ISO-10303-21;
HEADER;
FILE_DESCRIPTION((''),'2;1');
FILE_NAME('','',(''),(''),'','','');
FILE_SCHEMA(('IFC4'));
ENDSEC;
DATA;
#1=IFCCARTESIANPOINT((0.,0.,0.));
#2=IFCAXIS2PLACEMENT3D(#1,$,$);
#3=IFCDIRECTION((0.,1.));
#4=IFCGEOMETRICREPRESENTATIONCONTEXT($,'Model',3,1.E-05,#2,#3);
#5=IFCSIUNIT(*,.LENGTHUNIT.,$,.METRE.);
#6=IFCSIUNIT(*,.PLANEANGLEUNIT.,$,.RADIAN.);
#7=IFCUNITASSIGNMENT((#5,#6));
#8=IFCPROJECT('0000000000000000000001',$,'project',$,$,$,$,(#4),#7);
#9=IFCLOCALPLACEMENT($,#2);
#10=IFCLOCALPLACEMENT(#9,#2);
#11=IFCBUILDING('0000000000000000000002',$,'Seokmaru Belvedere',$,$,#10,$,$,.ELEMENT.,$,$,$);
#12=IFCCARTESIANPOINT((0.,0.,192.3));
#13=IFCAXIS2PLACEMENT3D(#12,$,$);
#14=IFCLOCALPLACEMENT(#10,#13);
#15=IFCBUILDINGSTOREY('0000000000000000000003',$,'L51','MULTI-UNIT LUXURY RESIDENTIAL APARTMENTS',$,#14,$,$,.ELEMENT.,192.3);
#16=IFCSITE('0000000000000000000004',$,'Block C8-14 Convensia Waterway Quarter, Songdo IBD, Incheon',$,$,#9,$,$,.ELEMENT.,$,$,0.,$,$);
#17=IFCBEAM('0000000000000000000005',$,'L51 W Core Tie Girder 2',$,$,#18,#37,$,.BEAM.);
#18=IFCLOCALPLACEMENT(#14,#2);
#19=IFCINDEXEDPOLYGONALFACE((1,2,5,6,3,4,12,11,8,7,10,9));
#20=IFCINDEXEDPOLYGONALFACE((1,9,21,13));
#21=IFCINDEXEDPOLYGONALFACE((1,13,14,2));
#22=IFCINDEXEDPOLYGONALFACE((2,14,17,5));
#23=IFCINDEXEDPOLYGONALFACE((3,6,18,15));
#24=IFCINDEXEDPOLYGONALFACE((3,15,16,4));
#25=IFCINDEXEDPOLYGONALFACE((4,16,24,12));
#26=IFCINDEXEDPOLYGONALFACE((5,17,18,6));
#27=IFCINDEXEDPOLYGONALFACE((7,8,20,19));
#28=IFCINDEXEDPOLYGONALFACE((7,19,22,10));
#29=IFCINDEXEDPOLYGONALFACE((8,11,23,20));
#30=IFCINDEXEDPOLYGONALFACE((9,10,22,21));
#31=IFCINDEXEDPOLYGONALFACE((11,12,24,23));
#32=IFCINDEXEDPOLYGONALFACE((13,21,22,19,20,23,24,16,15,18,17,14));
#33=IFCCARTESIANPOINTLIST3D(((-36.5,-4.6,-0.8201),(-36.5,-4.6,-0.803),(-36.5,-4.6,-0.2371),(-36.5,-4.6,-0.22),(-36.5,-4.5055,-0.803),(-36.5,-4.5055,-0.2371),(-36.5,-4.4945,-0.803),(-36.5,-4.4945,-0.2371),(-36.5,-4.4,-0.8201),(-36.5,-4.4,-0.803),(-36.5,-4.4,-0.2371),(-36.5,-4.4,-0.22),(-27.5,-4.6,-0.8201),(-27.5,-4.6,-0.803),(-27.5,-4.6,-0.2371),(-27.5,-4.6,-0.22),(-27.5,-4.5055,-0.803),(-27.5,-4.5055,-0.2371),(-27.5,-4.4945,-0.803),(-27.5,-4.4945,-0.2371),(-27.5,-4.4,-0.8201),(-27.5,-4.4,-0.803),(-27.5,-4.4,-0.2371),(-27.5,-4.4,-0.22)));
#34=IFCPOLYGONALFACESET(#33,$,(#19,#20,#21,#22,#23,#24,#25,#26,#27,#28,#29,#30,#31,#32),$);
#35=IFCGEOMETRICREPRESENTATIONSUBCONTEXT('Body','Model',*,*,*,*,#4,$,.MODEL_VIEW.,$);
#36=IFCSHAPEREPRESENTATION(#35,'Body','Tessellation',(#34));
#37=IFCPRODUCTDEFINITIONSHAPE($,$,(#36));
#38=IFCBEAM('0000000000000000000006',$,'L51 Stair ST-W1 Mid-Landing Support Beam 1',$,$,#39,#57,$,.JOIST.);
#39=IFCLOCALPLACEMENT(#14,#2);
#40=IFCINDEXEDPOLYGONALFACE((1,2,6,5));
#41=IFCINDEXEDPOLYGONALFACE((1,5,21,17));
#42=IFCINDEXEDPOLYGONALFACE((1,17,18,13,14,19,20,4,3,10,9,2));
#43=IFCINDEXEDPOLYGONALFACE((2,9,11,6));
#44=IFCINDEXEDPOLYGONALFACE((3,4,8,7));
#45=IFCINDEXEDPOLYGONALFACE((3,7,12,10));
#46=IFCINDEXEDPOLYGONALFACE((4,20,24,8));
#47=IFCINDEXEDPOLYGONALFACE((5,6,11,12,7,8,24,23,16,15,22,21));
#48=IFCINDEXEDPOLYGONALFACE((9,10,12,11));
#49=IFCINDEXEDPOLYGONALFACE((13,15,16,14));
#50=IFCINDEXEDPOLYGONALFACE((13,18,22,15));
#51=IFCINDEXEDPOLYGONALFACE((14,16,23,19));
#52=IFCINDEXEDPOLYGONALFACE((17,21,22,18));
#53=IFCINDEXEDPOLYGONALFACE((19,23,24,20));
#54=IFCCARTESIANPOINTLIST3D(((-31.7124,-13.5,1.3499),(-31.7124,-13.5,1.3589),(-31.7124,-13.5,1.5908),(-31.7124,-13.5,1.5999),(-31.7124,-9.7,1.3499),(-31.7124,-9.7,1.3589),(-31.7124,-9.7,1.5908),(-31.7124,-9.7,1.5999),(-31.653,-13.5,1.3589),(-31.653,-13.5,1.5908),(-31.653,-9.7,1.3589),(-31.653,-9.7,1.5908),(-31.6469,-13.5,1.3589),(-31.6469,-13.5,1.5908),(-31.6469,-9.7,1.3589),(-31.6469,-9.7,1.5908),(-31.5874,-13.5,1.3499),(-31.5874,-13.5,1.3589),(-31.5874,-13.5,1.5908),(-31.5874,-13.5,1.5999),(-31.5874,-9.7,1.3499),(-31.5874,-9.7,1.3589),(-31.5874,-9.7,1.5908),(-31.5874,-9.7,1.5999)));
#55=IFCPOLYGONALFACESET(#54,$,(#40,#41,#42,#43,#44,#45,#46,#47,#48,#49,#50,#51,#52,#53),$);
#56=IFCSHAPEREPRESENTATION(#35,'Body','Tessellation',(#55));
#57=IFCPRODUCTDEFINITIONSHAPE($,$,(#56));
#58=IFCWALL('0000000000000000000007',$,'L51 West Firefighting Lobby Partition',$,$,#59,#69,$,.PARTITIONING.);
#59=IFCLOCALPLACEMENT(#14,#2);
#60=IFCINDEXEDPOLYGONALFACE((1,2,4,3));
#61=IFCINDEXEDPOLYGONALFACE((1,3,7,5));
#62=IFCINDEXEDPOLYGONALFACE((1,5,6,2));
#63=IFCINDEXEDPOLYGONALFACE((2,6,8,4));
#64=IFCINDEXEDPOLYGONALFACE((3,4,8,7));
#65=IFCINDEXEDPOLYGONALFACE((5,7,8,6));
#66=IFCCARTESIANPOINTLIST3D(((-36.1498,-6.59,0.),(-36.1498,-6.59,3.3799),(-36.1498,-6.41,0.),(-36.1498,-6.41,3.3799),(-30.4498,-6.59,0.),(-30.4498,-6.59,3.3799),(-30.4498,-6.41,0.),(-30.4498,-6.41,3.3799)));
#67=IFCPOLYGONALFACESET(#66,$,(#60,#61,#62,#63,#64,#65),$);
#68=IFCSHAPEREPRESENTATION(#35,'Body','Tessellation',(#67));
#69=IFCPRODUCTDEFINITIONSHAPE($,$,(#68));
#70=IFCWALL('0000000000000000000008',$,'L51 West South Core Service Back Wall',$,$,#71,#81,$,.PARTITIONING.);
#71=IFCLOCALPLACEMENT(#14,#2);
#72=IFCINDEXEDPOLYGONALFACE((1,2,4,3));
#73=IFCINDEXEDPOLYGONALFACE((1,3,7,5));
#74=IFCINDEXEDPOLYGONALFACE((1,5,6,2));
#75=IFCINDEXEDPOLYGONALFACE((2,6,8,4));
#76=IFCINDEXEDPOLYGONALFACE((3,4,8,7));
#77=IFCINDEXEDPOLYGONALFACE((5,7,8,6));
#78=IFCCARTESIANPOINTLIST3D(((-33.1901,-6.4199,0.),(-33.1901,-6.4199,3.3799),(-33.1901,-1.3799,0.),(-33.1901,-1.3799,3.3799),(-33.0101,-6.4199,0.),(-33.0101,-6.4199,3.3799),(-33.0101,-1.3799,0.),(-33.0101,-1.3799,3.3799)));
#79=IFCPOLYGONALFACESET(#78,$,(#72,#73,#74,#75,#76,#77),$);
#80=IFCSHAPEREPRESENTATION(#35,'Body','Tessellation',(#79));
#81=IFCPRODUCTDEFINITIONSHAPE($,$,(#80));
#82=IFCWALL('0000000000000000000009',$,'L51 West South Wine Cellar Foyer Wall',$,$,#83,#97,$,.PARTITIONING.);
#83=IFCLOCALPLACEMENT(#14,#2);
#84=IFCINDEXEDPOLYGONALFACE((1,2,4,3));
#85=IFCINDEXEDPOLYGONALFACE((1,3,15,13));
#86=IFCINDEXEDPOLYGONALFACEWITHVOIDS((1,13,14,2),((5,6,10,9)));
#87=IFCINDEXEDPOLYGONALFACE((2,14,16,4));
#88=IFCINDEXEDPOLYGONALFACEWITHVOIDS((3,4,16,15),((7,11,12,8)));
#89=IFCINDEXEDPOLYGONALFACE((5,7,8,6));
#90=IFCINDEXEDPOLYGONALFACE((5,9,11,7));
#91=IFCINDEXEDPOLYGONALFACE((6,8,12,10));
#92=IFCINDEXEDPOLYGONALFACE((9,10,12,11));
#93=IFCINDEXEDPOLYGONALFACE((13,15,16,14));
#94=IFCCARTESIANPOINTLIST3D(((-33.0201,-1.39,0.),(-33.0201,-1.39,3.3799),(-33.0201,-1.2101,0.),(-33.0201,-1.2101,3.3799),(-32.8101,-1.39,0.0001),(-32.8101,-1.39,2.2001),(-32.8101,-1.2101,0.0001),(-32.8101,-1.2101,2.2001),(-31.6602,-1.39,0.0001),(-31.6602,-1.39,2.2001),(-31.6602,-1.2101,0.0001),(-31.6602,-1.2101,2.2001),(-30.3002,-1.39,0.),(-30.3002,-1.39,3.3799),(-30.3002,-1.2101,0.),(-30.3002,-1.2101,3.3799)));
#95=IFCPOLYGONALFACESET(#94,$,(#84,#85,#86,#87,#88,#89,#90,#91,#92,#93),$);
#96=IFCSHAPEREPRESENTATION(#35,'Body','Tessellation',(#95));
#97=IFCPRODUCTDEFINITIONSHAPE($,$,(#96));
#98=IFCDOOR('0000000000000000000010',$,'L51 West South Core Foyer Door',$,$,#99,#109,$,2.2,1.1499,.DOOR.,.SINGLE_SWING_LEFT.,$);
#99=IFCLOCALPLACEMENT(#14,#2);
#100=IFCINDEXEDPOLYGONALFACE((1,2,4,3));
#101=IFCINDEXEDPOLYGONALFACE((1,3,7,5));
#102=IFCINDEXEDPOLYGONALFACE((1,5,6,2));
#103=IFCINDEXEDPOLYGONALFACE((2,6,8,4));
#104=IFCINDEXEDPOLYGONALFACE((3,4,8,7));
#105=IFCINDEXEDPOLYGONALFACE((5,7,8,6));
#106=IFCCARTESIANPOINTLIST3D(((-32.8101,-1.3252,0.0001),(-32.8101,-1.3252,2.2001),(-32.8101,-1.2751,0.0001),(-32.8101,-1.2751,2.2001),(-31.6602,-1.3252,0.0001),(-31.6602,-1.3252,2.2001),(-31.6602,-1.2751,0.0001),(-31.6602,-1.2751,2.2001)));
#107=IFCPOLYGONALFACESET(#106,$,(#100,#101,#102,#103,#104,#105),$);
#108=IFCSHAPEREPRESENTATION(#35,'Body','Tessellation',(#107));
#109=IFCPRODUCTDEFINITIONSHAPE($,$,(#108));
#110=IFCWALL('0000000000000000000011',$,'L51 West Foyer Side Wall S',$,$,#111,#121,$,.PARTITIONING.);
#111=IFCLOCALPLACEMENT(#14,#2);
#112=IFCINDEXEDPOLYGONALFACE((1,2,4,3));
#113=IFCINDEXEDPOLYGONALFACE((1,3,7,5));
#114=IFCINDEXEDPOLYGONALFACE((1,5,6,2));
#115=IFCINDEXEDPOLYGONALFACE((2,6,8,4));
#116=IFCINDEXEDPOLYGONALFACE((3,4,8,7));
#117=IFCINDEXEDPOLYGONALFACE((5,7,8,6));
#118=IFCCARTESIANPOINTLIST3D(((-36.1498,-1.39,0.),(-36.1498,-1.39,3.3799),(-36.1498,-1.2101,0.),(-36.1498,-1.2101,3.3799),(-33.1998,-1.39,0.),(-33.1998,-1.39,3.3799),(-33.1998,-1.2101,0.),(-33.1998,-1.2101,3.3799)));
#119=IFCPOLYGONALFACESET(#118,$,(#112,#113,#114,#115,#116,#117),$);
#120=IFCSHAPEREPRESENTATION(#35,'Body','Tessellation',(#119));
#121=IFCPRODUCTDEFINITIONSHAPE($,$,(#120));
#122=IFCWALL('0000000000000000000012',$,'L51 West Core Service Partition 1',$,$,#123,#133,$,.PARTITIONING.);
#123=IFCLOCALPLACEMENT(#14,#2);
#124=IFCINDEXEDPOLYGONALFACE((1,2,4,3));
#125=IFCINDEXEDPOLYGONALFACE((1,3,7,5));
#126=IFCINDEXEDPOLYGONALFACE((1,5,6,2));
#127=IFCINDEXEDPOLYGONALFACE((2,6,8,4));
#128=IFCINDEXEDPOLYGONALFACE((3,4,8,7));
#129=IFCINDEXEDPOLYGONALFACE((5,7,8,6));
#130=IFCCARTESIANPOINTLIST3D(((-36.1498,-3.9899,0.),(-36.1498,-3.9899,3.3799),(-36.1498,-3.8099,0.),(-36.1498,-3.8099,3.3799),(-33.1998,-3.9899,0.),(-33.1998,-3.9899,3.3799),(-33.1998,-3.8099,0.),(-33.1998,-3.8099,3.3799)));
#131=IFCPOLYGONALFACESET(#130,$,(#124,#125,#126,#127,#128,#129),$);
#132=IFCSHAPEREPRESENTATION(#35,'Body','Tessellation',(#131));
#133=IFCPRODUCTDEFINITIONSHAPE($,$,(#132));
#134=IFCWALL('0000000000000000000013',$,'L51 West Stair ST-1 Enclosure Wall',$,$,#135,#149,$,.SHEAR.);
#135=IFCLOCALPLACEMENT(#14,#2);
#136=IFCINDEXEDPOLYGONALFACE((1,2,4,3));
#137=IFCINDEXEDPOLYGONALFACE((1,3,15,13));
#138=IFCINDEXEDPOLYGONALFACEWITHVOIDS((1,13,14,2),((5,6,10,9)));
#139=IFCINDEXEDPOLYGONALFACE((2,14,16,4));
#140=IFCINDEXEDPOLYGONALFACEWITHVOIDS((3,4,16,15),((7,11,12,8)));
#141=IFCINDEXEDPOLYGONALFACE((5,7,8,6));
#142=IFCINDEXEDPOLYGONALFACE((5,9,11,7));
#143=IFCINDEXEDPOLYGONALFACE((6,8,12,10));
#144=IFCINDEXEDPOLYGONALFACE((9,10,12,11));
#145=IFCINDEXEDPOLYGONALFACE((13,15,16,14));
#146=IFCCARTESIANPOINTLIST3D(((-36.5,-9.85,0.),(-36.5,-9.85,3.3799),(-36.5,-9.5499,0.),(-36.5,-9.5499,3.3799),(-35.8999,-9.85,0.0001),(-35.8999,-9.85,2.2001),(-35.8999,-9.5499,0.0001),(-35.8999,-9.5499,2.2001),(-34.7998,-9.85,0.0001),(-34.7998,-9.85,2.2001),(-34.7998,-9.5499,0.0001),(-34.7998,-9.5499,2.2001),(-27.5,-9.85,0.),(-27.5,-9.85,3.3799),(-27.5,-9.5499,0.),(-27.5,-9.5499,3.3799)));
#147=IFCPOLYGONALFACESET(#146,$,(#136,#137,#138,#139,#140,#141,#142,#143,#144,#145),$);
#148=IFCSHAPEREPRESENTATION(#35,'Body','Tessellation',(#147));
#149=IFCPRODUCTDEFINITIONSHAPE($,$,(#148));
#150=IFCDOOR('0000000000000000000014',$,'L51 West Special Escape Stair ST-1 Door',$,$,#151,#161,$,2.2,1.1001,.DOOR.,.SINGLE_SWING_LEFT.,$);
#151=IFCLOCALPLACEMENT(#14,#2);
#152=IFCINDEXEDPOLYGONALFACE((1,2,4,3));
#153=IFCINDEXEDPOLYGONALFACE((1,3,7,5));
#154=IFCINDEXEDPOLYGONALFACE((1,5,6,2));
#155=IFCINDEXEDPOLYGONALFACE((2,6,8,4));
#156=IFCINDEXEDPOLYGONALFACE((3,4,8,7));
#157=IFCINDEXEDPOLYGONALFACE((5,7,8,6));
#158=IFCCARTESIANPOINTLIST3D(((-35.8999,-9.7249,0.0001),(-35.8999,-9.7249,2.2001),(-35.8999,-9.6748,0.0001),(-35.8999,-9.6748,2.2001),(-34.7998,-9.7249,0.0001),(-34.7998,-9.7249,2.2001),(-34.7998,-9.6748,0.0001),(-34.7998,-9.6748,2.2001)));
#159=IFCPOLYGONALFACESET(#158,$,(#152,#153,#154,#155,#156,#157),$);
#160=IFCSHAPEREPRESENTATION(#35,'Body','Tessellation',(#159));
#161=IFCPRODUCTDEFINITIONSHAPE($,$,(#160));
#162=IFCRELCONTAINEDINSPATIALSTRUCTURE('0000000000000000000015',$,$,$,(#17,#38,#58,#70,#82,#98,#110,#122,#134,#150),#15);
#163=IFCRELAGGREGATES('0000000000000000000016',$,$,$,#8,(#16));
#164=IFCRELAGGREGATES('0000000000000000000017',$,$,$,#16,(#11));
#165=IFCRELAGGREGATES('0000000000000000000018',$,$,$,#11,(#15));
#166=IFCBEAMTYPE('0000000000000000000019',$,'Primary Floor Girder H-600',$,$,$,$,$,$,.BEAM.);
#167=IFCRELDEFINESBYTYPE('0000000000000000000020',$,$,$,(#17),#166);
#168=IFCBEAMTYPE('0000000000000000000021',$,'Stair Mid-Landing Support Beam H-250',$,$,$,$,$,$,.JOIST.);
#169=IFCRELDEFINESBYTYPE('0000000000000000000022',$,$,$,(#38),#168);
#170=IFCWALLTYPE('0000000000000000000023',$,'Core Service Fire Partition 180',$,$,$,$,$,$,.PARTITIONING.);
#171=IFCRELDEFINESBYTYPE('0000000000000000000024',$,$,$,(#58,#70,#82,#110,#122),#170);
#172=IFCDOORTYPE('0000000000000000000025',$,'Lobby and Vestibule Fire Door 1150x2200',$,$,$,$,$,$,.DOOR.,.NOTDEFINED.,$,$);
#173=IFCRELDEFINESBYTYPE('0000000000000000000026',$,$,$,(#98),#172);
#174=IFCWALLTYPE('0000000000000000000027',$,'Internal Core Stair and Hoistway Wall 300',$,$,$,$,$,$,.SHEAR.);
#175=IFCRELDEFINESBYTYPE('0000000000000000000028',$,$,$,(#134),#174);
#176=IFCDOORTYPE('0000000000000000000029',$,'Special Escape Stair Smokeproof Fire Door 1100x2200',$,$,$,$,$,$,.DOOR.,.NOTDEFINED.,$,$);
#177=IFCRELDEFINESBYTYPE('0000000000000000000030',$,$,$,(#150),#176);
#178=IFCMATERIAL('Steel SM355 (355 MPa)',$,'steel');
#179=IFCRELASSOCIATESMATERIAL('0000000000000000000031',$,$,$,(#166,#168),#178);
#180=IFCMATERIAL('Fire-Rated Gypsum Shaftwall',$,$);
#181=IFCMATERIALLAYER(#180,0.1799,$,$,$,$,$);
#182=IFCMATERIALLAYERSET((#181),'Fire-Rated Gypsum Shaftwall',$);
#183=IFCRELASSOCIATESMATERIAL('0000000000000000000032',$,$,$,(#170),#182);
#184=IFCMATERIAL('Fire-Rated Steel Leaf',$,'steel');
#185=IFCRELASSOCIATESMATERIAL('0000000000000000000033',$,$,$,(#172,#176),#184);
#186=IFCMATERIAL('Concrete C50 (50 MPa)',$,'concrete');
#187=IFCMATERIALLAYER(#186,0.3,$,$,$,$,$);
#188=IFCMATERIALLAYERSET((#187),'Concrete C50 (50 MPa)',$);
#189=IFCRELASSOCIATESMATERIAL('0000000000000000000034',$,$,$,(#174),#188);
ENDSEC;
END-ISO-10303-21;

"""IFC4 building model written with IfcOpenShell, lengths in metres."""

from ifc_helpers import new_model, si_unit, direction, frame, frame_2d, origin, origin_2d, place, context, subcontext, project, spatial, rectangle, i_section, extrude, source, transform, mapped, material, layer, layer_set, material_profile, profile_set, type_object, type_shapes, element, fill, save


model = new_model("IFC4")

# Units and contexts
model_context = context("Model", 3, precision=1e-05, world=origin(), true_north=direction((0.0, 1.0)))
body_context = subcontext(model_context, "Body", "Model", "MODEL_VIEW")
ifc_project = project(units=[si_unit("LENGTHUNIT", "METRE"), si_unit("PLANEANGLEUNIT", "RADIAN")], contexts=[model_context])

# Site, building, storey
site_placement = place(None, origin())
site = spatial("IfcSite", under=ifc_project, at=site_placement, Name="Block C8-14 Convensia Waterway Quarter, Songdo IBD, Incheon", CompositionType="ELEMENT", RefElevation=0.0)
building_placement = place(site_placement, origin())
building = spatial("IfcBuilding", under=site, at=building_placement, Name="Seokmaru Belvedere", CompositionType="ELEMENT")
storey_placement = place(building_placement, frame((0.0, 0.0, 192.3)))
storey = spatial("IfcBuildingStorey", under=building, at=storey_placement, Name="L51", Description="MULTI-UNIT LUXURY RESIDENTIAL APARTMENTS", CompositionType="ELEMENT", Elevation=192.3)

# Beams
ifc_material_1 = material(Name="Steel SM355 (355 MPa)", Category="steel")
ifc_material_profile_1 = material_profile(ifc_material_1, i_section(OverallWidth=0.2, OverallDepth=0.6001, WebThickness=0.011, FlangeThickness=0.0171, at=origin_2d()), Name="H-600x200x11x17")
ifc_profile_set_1 = profile_set([ifc_material_profile_1], Name="Steel SM355 (355 MPa)")
beam_type_1 = type_object("IfcBeamType", Name="Primary Floor Girder H-600", PredefinedType="BEAM", material=ifc_profile_set_1)
shared_shape_1 = source(origin(), body_context, "Body", "SweptSolid", [
    extrude(i_section(OverallWidth=0.2, OverallDepth=0.6001, WebThickness=0.011, FlangeThickness=0.0171, at=origin_2d()), origin(), (0.0, 0.0, 1.0), 9.0),
])
type_shapes(beam_type_1, [shared_shape_1])
beam_1_placement = place(storey_placement, frame((-36.5, -4.5, -0.52), z_axis=(1.0, 0.0, 0.0), x_axis=(0.0, 1.0, 0.0)))
element("IfcBeam", 1, at=beam_1_placement, inside=storey, type_object=beam_type_1, Name="L51 W Core Tie Girder 2", PredefinedType="BEAM", context=body_context, shape_type="MappedRepresentation", body=[
    mapped(shared_shape_1, transform((0.0, 0.0, 0.0), scale=1.0)),
])
ifc_material_profile_2 = material_profile(ifc_material_1, i_section(OverallWidth=0.125, OverallDepth=0.25, WebThickness=0.0061, FlangeThickness=0.009, at=origin_2d()), Name="H-250x125x6x9")
ifc_profile_set_2 = profile_set([ifc_material_profile_2], Name="Steel SM355 (355 MPa)")
beam_type_2 = type_object("IfcBeamType", Name="Stair Mid-Landing Support Beam H-250", PredefinedType="JOIST", material=ifc_profile_set_2)
shared_shape_2 = source(origin(), body_context, "Body", "SweptSolid", [
    extrude(i_section(OverallWidth=0.125, OverallDepth=0.25, WebThickness=0.0061, FlangeThickness=0.009, at=origin_2d()), origin(), (0.0, 0.0, 1.0), 3.8),
])
type_shapes(beam_type_2, [shared_shape_2])
beam_2_placement = place(storey_placement, frame((-31.6499, -13.5, 1.4749), z_axis=(0.0, 1.0, 0.0), x_axis=(-1.0, 0.0, 0.0)))
element("IfcBeam", 2, at=beam_2_placement, inside=storey, type_object=beam_type_2, Name="L51 Stair ST-W1 Mid-Landing Support Beam 1", PredefinedType="JOIST", context=body_context, shape_type="MappedRepresentation", body=[
    mapped(shared_shape_2, transform((0.0, 0.0, 0.0), scale=1.0)),
])

# Walls
ifc_material_2 = material(Name="Fire-Rated Gypsum Shaftwall")
ifc_layer_1 = layer(ifc_material_2, 0.1799)
ifc_layer_set_1 = layer_set([ifc_layer_1], Name="Fire-Rated Gypsum Shaftwall")
wall_type_1 = type_object("IfcWallType", Name="Core Service Fire Partition 180", PredefinedType="PARTITIONING", material=ifc_layer_set_1)
wall_1_placement = place(storey_placement, frame((-36.1499, -6.5, 0.0), z_axis=(0.0, 0.0, 1.0), x_axis=(1.0, 0.0, 0.0)))
element("IfcWall", 3, at=wall_1_placement, inside=storey, type_object=wall_type_1, Name="L51 West Firefighting Lobby Partition", PredefinedType="PARTITIONING", context=body_context, shape_type="SweptSolid", body=[
    extrude(rectangle(XDim=5.7, YDim=0.1799, at=frame_2d((2.8501, 0.0))), origin(), (0.0, 0.0, 1.0), 3.3799),
])
wall_2_placement = place(storey_placement, frame((-33.1001, -6.4199, 0.0), z_axis=(0.0, 0.0, 1.0), x_axis=(0.0, 1.0, 0.0)))
element("IfcWall", 4, at=wall_2_placement, inside=storey, type_object=wall_type_1, Name="L51 West South Core Service Back Wall", PredefinedType="PARTITIONING", context=body_context, shape_type="SweptSolid", body=[
    extrude(rectangle(XDim=5.04, YDim=0.1799, at=frame_2d((2.52, 0.0))), origin(), (0.0, 0.0, 1.0), 3.3799),
])

# Wall, opening, door
wall_3_placement = place(storey_placement, frame((-33.02, -1.3, 0.0), z_axis=(0.0, 0.0, 1.0), x_axis=(1.0, 0.0, 0.0)))
wall_3 = element("IfcWall", 5, at=wall_3_placement, inside=storey, type_object=wall_type_1, Name="L51 West South Wine Cellar Foyer Wall", PredefinedType="PARTITIONING", context=body_context, shape_type="SweptSolid", body=[
    extrude(rectangle(XDim=2.72, YDim=0.1799, at=frame_2d((1.3599, 0.0))), origin(), (0.0, 0.0, 1.0), 3.3799),
])
opening_1_placement = place(wall_3_placement, frame((0.21, 0.0, 0.0)))
opening_1 = element("IfcOpeningElement", 6, at=opening_1_placement, cuts=wall_3, PredefinedType="OPENING", context=body_context, shape_type="SweptSolid", body=[
    extrude(rectangle(XDim=1.1499, YDim=2.2, at=frame_2d((0.575, 1.1001))), frame((0.0, 0.1001, 0.0), z_axis=(0.0, -1.0, 0.0), x_axis=(1.0, 0.0, 0.0)), (0.0, 0.0, 1.0), 0.2),
])
ifc_material_3 = material(Name="Fire-Rated Steel Leaf", Category="steel")
door_type_1 = type_object("IfcDoorType", Name="Lobby and Vestibule Fire Door 1150x2200", OperationType="NOTDEFINED", PredefinedType="DOOR", material=ifc_material_3)
shared_shape_3 = source(origin(), body_context, "Body", "SweptSolid", [
    extrude(rectangle(XDim=1.1499, YDim=2.2, at=frame_2d((0.575, 1.1001))), frame((0.0, 0.0249, 0.0), z_axis=(0.0, -1.0, 0.0), x_axis=(1.0, 0.0, 0.0)), (0.0, 0.0, 1.0), 0.05),
])
type_shapes(door_type_1, [shared_shape_3])
door_1_placement = place(opening_1_placement, origin())
door_1 = element("IfcDoor", 7, at=door_1_placement, inside=storey, type_object=door_type_1, Name="L51 West South Core Foyer Door", OperationType="SINGLE_SWING_LEFT", OverallHeight=2.2, OverallWidth=1.1499, PredefinedType="DOOR", context=body_context, shape_type="MappedRepresentation", body=[
    mapped(shared_shape_3, transform((0.0, 0.0, 0.0), scale=1.0)),
])
fill(opening_1, door_1)

# Walls
for number, where, z_axis, x_axis, name in (
    (8, (-36.1499, -1.3, 0.0), (0.0, 0.0, 1.0), (1.0, 0.0, 0.0), "L51 West Foyer Side Wall S"),
    (9, (-36.1499, -3.8999, 0.0), (0.0, 0.0, 1.0), (1.0, 0.0, 0.0), "L51 West Core Service Partition 1"),
):
    element("IfcWall", number, at=place(storey_placement, frame(where, z_axis=z_axis, x_axis=x_axis)), inside=storey, type_object=wall_type_1, Name=name, PredefinedType="PARTITIONING", context=body_context, shape_type="SweptSolid", body=[
        extrude(rectangle(XDim=2.95, YDim=0.1799, at=frame_2d((1.4751, 0.0))), origin(), (0.0, 0.0, 1.0), 3.3799),
    ])

# Wall, opening, door
ifc_material_4 = material(Name="Concrete C50 (50 MPa)", Category="concrete")
ifc_layer_2 = layer(ifc_material_4, 0.3)
ifc_layer_set_2 = layer_set([ifc_layer_2], Name="Concrete C50 (50 MPa)")
wall_type_2 = type_object("IfcWallType", Name="Internal Core Stair and Hoistway Wall 300", PredefinedType="SHEAR", material=ifc_layer_set_2)
wall_4_placement = place(storey_placement, frame((-36.5, -9.7, 0.0), z_axis=(0.0, 0.0, 1.0), x_axis=(1.0, 0.0, 0.0)))
wall_4 = element("IfcWall", 10, at=wall_4_placement, inside=storey, type_object=wall_type_2, Name="L51 West Stair ST-1 Enclosure Wall", PredefinedType="SHEAR", context=body_context, shape_type="SweptSolid", body=[
    extrude(rectangle(XDim=9.0, YDim=0.3, at=frame_2d((4.5, 0.0))), origin(), (0.0, 0.0, 1.0), 3.3799),
])
opening_2_placement = place(wall_4_placement, frame((0.6001, 0.0, 0.0)))
opening_2 = element("IfcOpeningElement", 11, at=opening_2_placement, cuts=wall_4, PredefinedType="OPENING", context=body_context, shape_type="SweptSolid", body=[
    extrude(rectangle(XDim=1.1001, YDim=2.2, at=frame_2d((0.55, 1.1001))), frame((0.0, 0.1602, 0.0), z_axis=(0.0, -1.0, 0.0), x_axis=(1.0, 0.0, 0.0)), (0.0, 0.0, 1.0), 0.3201),
])
door_type_2 = type_object("IfcDoorType", Name="Special Escape Stair Smokeproof Fire Door 1100x2200", OperationType="NOTDEFINED", PredefinedType="DOOR", material=ifc_material_3)
shared_shape_4 = source(origin(), body_context, "Body", "SweptSolid", [
    extrude(rectangle(XDim=1.1001, YDim=2.2, at=frame_2d((0.55, 1.1001))), frame((0.0, 0.0249, 0.0), z_axis=(0.0, -1.0, 0.0), x_axis=(1.0, 0.0, 0.0)), (0.0, 0.0, 1.0), 0.05),
])
type_shapes(door_type_2, [shared_shape_4])
door_2_placement = place(opening_2_placement, frame((1.1001, 0.0, 0.0), z_axis=(0.0, 0.0, 1.0), x_axis=(-1.0, 0.0, 0.0)))
door_2 = element("IfcDoor", 12, at=door_2_placement, inside=storey, type_object=door_type_2, Name="L51 West Special Escape Stair ST-1 Door", OperationType="SINGLE_SWING_LEFT", OverallHeight=2.2, OverallWidth=1.1001, PredefinedType="DOOR", context=body_context, shape_type="MappedRepresentation", body=[
    mapped(shared_shape_4, transform((0.0, 0.0, 0.0), scale=1.0)),
])
fill(opening_2, door_2)

save(model, "model.ifc")
